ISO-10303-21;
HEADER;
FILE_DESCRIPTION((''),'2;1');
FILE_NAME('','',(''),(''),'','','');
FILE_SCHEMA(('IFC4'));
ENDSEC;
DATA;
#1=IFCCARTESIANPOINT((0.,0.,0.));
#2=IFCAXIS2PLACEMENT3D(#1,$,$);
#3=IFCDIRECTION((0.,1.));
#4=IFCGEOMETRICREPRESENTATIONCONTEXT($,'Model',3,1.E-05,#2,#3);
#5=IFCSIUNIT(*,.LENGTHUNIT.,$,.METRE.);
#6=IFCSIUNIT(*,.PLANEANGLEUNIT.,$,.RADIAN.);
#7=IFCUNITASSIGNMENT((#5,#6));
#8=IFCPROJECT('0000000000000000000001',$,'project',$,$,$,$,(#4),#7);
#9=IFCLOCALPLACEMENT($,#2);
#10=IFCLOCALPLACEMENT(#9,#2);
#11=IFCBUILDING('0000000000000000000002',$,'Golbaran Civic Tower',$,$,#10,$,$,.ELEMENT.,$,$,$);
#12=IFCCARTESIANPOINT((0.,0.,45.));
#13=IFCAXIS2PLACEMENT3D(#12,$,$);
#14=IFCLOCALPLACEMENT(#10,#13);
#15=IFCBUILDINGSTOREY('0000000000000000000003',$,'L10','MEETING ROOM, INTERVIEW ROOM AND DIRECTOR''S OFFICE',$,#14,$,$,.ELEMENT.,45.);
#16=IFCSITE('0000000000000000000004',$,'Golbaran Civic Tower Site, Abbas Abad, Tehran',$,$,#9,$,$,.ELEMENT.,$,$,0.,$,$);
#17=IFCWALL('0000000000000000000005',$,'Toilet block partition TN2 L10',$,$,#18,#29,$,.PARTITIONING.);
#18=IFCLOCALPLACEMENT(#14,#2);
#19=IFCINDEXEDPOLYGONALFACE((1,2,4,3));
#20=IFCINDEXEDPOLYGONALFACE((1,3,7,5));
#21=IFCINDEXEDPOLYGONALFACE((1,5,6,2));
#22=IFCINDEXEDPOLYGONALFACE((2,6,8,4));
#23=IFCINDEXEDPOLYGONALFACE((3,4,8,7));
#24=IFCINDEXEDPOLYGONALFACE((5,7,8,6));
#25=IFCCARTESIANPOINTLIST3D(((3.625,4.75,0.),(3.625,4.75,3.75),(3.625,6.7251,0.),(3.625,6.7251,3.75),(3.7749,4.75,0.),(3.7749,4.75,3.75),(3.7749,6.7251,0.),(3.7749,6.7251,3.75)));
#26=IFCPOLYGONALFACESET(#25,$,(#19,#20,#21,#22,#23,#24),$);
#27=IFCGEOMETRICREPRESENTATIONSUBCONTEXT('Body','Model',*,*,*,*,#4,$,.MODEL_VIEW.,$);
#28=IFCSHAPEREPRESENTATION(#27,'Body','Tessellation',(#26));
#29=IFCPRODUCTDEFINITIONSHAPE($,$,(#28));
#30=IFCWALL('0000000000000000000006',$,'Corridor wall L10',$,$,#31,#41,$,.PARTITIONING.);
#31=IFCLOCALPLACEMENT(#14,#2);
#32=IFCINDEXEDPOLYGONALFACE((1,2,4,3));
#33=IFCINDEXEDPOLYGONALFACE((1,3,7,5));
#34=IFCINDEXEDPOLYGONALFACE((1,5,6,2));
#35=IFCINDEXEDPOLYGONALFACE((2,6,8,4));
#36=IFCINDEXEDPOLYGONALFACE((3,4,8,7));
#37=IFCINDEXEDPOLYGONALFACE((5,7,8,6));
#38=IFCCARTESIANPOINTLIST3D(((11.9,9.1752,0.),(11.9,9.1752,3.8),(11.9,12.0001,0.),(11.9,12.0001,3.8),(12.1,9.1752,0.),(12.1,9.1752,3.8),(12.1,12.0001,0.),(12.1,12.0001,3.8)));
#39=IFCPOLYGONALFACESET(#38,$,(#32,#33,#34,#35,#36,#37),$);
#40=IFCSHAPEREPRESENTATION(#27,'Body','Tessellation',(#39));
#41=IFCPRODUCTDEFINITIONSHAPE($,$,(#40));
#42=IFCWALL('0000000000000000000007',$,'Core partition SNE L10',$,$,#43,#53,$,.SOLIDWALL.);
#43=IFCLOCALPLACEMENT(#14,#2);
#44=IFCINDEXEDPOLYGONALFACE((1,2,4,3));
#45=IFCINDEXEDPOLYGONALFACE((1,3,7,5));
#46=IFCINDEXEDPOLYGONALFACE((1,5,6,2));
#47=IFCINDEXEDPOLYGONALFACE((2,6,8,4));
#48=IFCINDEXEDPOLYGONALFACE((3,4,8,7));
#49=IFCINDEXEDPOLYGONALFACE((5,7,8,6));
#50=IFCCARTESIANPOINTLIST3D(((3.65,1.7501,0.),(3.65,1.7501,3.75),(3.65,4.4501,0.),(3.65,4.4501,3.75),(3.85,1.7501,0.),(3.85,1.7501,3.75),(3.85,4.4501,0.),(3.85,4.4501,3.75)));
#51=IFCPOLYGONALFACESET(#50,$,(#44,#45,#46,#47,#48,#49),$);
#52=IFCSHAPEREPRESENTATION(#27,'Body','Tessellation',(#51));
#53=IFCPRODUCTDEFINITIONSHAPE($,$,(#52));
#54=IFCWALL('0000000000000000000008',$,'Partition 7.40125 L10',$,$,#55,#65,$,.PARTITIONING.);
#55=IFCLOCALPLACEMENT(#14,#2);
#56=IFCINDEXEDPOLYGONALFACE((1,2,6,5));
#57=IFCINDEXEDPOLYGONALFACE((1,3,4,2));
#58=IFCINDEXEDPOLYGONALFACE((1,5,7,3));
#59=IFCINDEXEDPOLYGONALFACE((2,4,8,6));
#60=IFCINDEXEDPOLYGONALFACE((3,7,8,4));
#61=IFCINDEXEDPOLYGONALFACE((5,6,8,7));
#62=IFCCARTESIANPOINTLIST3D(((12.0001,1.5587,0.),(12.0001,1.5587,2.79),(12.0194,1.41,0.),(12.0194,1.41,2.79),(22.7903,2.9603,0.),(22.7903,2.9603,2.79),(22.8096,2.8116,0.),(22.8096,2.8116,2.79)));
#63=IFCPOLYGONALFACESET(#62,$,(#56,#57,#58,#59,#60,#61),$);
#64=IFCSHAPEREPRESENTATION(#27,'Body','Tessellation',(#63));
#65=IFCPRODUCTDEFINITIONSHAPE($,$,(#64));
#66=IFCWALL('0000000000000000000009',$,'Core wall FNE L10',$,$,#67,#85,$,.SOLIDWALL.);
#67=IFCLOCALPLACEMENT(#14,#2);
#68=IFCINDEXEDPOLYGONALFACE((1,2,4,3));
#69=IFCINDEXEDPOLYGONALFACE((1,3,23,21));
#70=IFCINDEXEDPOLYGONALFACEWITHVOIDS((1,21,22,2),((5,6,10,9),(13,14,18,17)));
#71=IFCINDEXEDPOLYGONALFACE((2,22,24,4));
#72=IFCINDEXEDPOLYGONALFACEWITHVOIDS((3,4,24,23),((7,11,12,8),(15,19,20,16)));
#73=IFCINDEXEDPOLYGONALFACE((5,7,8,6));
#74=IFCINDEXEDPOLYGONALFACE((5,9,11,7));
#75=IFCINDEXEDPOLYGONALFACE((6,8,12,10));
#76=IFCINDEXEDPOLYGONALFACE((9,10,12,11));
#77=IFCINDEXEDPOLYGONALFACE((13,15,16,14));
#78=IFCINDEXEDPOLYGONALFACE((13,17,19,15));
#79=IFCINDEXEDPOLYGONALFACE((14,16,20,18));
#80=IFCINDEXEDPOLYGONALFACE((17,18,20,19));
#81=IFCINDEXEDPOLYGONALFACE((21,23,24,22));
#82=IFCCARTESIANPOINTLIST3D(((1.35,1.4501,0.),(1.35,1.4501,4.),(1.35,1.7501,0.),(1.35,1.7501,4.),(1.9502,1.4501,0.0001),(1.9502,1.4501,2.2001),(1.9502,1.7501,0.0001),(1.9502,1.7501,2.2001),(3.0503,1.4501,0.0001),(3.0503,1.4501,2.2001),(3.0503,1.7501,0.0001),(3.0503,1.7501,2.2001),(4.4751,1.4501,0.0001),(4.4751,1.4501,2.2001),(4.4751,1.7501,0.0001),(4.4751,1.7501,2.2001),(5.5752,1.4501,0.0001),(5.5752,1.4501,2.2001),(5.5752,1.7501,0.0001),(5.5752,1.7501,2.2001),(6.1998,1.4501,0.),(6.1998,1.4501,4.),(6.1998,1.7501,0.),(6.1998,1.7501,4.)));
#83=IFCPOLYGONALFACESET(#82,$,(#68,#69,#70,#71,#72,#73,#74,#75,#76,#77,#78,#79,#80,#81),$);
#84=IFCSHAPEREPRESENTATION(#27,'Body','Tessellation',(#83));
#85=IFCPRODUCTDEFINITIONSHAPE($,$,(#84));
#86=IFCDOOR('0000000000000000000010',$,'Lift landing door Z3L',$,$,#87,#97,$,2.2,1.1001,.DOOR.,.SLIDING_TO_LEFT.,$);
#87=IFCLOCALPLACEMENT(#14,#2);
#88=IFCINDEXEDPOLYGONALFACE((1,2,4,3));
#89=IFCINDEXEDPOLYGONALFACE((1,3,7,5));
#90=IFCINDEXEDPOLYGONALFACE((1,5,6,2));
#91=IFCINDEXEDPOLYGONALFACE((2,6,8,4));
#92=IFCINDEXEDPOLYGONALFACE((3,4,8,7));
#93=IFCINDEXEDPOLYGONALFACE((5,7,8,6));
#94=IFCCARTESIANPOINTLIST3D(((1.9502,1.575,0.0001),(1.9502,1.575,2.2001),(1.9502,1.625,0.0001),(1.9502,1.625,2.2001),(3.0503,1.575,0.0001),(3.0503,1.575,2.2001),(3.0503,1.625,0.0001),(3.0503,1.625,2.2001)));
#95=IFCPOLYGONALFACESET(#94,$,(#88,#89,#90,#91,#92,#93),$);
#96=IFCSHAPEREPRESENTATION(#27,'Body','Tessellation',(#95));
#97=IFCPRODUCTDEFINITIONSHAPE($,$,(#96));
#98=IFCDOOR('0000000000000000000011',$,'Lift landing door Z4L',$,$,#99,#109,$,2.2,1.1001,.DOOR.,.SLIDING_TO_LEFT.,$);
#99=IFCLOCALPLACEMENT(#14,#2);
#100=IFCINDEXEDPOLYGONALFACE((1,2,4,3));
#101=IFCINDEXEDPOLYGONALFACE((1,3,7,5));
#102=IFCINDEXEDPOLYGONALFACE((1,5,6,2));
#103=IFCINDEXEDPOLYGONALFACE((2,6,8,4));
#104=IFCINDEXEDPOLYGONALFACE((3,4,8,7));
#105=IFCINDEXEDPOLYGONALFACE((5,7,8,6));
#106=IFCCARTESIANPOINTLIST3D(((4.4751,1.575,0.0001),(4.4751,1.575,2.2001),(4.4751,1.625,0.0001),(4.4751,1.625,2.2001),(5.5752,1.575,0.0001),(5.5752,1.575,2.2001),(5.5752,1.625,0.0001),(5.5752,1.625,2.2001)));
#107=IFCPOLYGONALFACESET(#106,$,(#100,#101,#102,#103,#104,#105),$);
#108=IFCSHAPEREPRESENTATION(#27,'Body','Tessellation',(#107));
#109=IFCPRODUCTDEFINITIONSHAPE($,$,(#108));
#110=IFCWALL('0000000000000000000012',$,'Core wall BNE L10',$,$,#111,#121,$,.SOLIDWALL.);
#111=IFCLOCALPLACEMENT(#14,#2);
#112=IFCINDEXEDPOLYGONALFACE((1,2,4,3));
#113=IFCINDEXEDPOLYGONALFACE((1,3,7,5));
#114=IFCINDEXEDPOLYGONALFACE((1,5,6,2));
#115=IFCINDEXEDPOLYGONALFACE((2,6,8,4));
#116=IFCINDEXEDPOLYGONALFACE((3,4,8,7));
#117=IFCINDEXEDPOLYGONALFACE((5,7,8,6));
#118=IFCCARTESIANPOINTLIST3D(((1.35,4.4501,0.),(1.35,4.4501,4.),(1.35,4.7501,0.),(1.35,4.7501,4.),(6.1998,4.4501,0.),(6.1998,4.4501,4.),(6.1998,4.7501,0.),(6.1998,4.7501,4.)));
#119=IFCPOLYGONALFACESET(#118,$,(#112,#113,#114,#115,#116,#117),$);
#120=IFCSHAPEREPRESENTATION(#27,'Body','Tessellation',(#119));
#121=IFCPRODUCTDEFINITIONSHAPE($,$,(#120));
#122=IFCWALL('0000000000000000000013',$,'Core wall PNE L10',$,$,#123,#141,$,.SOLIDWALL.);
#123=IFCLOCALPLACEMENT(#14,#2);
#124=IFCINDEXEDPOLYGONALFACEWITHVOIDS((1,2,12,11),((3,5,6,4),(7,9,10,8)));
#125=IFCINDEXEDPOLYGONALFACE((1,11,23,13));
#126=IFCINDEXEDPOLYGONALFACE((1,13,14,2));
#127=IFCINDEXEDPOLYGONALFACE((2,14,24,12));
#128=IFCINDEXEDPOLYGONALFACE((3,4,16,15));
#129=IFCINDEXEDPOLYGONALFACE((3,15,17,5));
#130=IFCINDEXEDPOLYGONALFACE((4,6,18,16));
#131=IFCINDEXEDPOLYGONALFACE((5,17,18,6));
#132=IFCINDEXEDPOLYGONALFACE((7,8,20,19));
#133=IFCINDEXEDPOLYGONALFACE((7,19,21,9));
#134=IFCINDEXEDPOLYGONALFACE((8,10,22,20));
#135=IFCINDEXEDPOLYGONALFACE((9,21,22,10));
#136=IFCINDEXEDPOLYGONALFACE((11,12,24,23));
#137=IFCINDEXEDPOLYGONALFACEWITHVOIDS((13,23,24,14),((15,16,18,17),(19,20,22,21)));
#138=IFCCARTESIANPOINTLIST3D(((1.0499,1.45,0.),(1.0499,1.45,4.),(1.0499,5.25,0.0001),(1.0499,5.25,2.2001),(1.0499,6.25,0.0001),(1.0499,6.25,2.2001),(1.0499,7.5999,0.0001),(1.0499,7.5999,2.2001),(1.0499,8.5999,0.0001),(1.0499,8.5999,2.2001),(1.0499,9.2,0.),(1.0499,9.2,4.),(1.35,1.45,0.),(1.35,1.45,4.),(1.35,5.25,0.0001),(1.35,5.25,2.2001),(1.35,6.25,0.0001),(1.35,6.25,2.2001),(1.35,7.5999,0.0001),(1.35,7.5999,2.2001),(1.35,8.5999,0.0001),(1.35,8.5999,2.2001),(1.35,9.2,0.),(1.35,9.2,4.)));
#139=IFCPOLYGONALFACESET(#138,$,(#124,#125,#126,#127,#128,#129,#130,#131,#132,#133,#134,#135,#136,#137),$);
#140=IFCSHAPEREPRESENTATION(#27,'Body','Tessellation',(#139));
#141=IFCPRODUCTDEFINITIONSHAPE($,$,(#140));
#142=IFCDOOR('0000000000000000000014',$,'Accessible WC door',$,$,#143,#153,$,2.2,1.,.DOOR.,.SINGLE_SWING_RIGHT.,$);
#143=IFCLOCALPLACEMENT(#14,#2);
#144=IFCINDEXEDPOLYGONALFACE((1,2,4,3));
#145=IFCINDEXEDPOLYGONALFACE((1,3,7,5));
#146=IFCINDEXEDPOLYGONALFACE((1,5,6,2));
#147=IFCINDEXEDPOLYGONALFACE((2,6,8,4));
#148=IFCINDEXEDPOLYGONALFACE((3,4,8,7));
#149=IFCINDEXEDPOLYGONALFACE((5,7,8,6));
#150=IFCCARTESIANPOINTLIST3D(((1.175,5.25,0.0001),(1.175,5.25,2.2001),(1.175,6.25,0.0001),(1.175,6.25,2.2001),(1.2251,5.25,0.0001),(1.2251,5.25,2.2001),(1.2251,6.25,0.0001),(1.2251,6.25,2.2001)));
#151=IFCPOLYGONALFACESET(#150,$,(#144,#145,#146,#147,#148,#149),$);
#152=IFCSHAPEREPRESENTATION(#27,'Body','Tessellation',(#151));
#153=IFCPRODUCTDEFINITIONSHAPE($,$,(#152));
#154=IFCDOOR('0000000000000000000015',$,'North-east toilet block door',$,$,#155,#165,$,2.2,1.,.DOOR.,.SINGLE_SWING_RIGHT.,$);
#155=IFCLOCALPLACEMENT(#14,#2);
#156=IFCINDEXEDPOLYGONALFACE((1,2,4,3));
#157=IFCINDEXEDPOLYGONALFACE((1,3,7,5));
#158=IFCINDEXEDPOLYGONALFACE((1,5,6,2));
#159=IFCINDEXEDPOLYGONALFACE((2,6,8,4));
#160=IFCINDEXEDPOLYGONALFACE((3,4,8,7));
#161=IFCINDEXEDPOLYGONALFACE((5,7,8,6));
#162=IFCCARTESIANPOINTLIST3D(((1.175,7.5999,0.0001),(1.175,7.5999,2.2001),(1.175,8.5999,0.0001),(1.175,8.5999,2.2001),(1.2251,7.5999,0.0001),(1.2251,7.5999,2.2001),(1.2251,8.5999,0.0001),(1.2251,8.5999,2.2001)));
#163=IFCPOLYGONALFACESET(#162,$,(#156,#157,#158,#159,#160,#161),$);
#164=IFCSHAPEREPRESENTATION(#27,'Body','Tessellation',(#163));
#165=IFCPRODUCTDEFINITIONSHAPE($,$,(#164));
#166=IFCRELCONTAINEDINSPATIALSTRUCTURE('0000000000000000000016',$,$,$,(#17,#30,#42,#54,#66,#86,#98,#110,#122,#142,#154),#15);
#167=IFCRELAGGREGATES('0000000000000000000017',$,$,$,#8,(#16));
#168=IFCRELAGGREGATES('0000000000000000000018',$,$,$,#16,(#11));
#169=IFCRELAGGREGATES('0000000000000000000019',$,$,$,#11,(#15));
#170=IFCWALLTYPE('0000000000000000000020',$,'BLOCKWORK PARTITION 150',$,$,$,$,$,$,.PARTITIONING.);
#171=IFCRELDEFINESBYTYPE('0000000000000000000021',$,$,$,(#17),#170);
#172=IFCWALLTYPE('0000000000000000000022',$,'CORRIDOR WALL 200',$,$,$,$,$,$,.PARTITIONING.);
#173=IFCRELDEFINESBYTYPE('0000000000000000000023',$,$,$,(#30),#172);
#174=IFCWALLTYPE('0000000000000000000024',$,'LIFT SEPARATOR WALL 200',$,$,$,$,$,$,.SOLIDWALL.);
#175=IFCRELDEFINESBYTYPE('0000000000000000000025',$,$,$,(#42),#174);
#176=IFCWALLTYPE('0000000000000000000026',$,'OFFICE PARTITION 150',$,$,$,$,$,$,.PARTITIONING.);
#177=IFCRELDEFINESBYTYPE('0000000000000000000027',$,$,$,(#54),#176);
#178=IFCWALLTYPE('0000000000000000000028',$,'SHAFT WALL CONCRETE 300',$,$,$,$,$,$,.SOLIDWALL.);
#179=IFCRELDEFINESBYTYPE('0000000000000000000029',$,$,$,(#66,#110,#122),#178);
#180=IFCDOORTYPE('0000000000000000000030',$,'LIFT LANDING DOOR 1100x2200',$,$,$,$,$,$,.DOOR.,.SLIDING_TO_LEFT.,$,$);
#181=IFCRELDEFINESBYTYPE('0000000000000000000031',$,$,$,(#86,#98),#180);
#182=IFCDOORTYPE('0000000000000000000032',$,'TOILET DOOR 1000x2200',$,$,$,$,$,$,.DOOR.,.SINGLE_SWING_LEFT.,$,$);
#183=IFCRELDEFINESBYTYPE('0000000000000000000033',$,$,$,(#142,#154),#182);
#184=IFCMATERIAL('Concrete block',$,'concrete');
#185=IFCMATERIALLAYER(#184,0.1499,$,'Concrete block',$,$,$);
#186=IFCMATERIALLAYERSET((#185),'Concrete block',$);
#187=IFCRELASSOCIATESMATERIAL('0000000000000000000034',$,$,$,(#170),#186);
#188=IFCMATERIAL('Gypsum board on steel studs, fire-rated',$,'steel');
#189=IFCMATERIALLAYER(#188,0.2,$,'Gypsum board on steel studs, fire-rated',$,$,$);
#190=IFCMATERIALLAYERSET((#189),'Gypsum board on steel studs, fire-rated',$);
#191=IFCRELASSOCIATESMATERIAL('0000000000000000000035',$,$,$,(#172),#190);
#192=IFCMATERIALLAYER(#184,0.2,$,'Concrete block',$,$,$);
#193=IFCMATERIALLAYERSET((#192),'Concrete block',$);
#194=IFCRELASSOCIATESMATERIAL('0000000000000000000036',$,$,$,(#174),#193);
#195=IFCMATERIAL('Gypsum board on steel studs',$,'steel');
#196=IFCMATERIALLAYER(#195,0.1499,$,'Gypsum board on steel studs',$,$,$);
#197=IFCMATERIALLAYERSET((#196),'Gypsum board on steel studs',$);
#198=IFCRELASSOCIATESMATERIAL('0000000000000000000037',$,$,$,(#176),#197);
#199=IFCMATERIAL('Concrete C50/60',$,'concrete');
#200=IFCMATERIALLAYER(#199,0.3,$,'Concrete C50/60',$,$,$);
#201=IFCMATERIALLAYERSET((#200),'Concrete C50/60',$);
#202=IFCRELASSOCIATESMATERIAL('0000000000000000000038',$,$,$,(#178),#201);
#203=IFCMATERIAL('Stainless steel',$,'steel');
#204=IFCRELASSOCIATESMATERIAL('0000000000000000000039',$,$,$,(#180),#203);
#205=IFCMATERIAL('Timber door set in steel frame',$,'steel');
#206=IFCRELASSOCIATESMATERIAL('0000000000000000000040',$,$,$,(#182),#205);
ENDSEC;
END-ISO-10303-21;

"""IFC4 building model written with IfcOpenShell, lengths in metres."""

from ifc_helpers import new_model, si_unit, direction, frame, frame_2d, origin, place, context, subcontext, project, spatial, rectangle, extrude, material, layer, layer_set, type_object, element, fill, save


model = new_model("IFC4")

# Units and contexts
model_context = context("Model", 3, precision=1e-05, world=origin(), true_north=direction((0.0, 1.0)))
body_context = subcontext(model_context, "Body", "Model", "MODEL_VIEW")
ifc_project = project(units=[si_unit("LENGTHUNIT", "METRE"), si_unit("PLANEANGLEUNIT", "RADIAN")], contexts=[model_context])

# Site, building, storey
site_placement = place(None, origin())
site = spatial("IfcSite", under=ifc_project, at=site_placement, Name="Golbaran Civic Tower Site, Abbas Abad, Tehran", CompositionType="ELEMENT", RefElevation=0.0)
building_placement = place(site_placement, origin())
building = spatial("IfcBuilding", under=site, at=building_placement, Name="Golbaran Civic Tower", CompositionType="ELEMENT")
storey_placement = place(building_placement, frame((0.0, 0.0, 45.0)))
storey = spatial("IfcBuildingStorey", under=building, at=storey_placement, Name="L10", Description="MEETING ROOM, INTERVIEW ROOM AND DIRECTOR'S OFFICE", CompositionType="ELEMENT", Elevation=45.0)

# Shared definitions
ifc_material_1 = material(Name="Concrete block", Category="concrete")
ifc_layer_1 = layer(ifc_material_1, 0.1499, Name="Concrete block")
ifc_layer_set_1 = layer_set([ifc_layer_1], Name="Concrete block")
wall_type_1 = type_object("IfcWallType", Name="BLOCKWORK PARTITION 150", PredefinedType="PARTITIONING", material=ifc_layer_set_1)
ifc_material_2 = material(Name="Timber door set in steel frame", Category="steel")

# Walls
wall_1_placement = place(storey_placement, frame((3.7, 4.75, 0.0), z_axis=(0.0, 0.0, 1.0), x_axis=(0.0, 1.0, 0.0)))
element("IfcWall", 1, at=wall_1_placement, inside=storey, type_object=wall_type_1, Name="Toilet block partition TN2 L10", PredefinedType="PARTITIONING", context=body_context, shape_type="SweptSolid", body=[
    extrude(rectangle(XDim=1.9751, YDim=0.1499, at=frame_2d((0.9875, 0.0))), origin(), (0.0, 0.0, 1.0), 3.75),
])
ifc_material_3 = material(Name="Gypsum board on steel studs, fire-rated", Category="steel")
ifc_layer_2 = layer(ifc_material_3, 0.2, Name="Gypsum board on steel studs, fire-rated")
ifc_layer_set_2 = layer_set([ifc_layer_2], Name="Gypsum board on steel studs, fire-rated")
wall_type_2 = type_object("IfcWallType", Name="CORRIDOR WALL 200", PredefinedType="PARTITIONING", material=ifc_layer_set_2)
wall_2_placement = place(storey_placement, frame((12.0, 9.175, 0.0), z_axis=(0.0, 0.0, 1.0), x_axis=(0.0, 1.0, 0.0)))
element("IfcWall", 2, at=wall_2_placement, inside=storey, type_object=wall_type_2, Name="Corridor wall L10", PredefinedType="PARTITIONING", context=body_context, shape_type="SweptSolid", body=[
    extrude(rectangle(XDim=2.825, YDim=0.2, at=frame_2d((1.4126, 0.0))), origin(), (0.0, 0.0, 1.0), 3.8),
])
ifc_layer_3 = layer(ifc_material_1, 0.2, Name="Concrete block")
ifc_layer_set_3 = layer_set([ifc_layer_3], Name="Concrete block")
wall_type_3 = type_object("IfcWallType", Name="LIFT SEPARATOR WALL 200", PredefinedType="SOLIDWALL", material=ifc_layer_set_3)
wall_3_placement = place(storey_placement, frame((3.75, 1.75, 0.0), z_axis=(0.0, 0.0, 1.0), x_axis=(0.0, 1.0, 0.0)))
element("IfcWall", 3, at=wall_3_placement, inside=storey, type_object=wall_type_3, Name="Core partition SNE L10", PredefinedType="SOLIDWALL", context=body_context, shape_type="SweptSolid", body=[
    extrude(rectangle(XDim=2.7, YDim=0.2, at=frame_2d((1.3501, 0.0))), origin(), (0.0, 0.0, 1.0), 3.75),
])
ifc_material_4 = material(Name="Gypsum board on steel studs", Category="steel")
ifc_layer_4 = layer(ifc_material_4, 0.1499, Name="Gypsum board on steel studs")
ifc_layer_set_4 = layer_set([ifc_layer_4], Name="Gypsum board on steel studs")
wall_type_4 = type_object("IfcWallType", Name="OFFICE PARTITION 150", PredefinedType="PARTITIONING", material=ifc_layer_set_4)
wall_4_placement = place(storey_placement, frame((12.0098, 1.4844, 0.0), z_axis=(0.0, 0.0, 1.0), x_axis=(0.991669, 0.128814, 0.0)))
element("IfcWall", 4, at=wall_4_placement, inside=storey, type_object=wall_type_4, Name="Partition 7.40125 L10", PredefinedType="PARTITIONING", context=body_context, shape_type="SweptSolid", body=[
    extrude(rectangle(XDim=10.8809, YDim=0.1499, at=frame_2d((5.4404, 0.0))), origin(), (0.0, 0.0, 1.0), 2.79),
])

# Wall, openings, doors
ifc_material_5 = material(Name="Concrete C50/60", Category="concrete")
ifc_layer_5 = layer(ifc_material_5, 0.3, Name="Concrete C50/60")
ifc_layer_set_5 = layer_set([ifc_layer_5], Name="Concrete C50/60")
wall_type_5 = type_object("IfcWallType", Name="SHAFT WALL CONCRETE 300", PredefinedType="SOLIDWALL", material=ifc_layer_set_5)
wall_5_placement = place(storey_placement, frame((1.3501, 1.6001, 0.0), z_axis=(0.0, 0.0, 1.0), x_axis=(1.0, 0.0, 0.0)))
wall_5 = element("IfcWall", 5, at=wall_5_placement, inside=storey, type_object=wall_type_5, Name="Core wall FNE L10", PredefinedType="SOLIDWALL", context=body_context, shape_type="SweptSolid", body=[
    extrude(rectangle(XDim=4.8499, YDim=0.3, at=frame_2d((2.4248, 0.0))), origin(), (0.0, 0.0, 1.0), 4.0),
])
opening_1_placement = place(wall_5_placement, frame((0.6001, 0.0, 0.0)))
opening_1 = element("IfcOpeningElement", 6, at=opening_1_placement, cuts=wall_5, PredefinedType="OPENING", context=body_context, shape_type="SweptSolid", body=[
    extrude(rectangle(XDim=1.1001, YDim=2.2, at=frame_2d((0.55, 1.1001))), frame((0.0, 0.1599, 0.0), z_axis=(0.0, -1.0, 0.0), x_axis=(1.0, 0.0, 0.0)), (0.0, 0.0, 1.0), 0.3201),
])
opening_2_placement = place(wall_5_placement, frame((3.125, 0.0, 0.0)))
opening_2 = element("IfcOpeningElement", 7, at=opening_2_placement, cuts=wall_5, PredefinedType="OPENING", context=body_context, shape_type="SweptSolid", body=[
    extrude(rectangle(XDim=1.1001, YDim=2.2, at=frame_2d((0.55, 1.1001))), frame((0.0, 0.1599, 0.0), z_axis=(0.0, -1.0, 0.0), x_axis=(1.0, 0.0, 0.0)), (0.0, 0.0, 1.0), 0.3201),
])
ifc_material_6 = material(Name="Stainless steel", Category="steel")
door_type_1 = type_object("IfcDoorType", Name="LIFT LANDING DOOR 1100x2200", OperationType="SLIDING_TO_LEFT", PredefinedType="DOOR", material=ifc_material_6)
door_1_placement = place(opening_1_placement, origin())
door_1 = element("IfcDoor", 8, at=door_1_placement, inside=storey, type_object=door_type_1, Name="Lift landing door Z3L", OperationType="SLIDING_TO_LEFT", OverallHeight=2.2, OverallWidth=1.1001, PredefinedType="DOOR", context=body_context, shape_type="SweptSolid", body=[
    extrude(rectangle(XDim=1.1001, YDim=2.2, at=frame_2d((0.55, 1.1001))), frame((0.0, 0.0249, 0.0), z_axis=(0.0, -1.0, 0.0), x_axis=(1.0, 0.0, 0.0)), (0.0, 0.0, 1.0), 0.05),
])
fill(opening_1, door_1)
door_2_placement = place(opening_2_placement, origin())
door_2 = element("IfcDoor", 9, at=door_2_placement, inside=storey, type_object=door_type_1, Name="Lift landing door Z4L", OperationType="SLIDING_TO_LEFT", OverallHeight=2.2, OverallWidth=1.1001, PredefinedType="DOOR", context=body_context, shape_type="SweptSolid", body=[
    extrude(rectangle(XDim=1.1001, YDim=2.2, at=frame_2d((0.55, 1.1001))), frame((0.0, 0.0249, 0.0), z_axis=(0.0, -1.0, 0.0), x_axis=(1.0, 0.0, 0.0)), (0.0, 0.0, 1.0), 0.05),
])
fill(opening_2, door_2)

# Wall
wall_6_placement = place(storey_placement, frame((1.3501, 4.6001, 0.0), z_axis=(0.0, 0.0, 1.0), x_axis=(1.0, 0.0, 0.0)))
element("IfcWall", 10, at=wall_6_placement, inside=storey, type_object=wall_type_5, Name="Core wall BNE L10", PredefinedType="SOLIDWALL", context=body_context, shape_type="SweptSolid", body=[
    extrude(rectangle(XDim=4.8499, YDim=0.3, at=frame_2d((2.4248, 0.0))), origin(), (0.0, 0.0, 1.0), 4.0),
])

# Wall, openings, doors
wall_7_placement = place(storey_placement, frame((1.2, 1.45, 0.0), z_axis=(0.0, 0.0, 1.0), x_axis=(0.0, 1.0, 0.0)))
wall_7 = element("IfcWall", 11, at=wall_7_placement, inside=storey, type_object=wall_type_5, Name="Core wall PNE L10", PredefinedType="SOLIDWALL", context=body_context, shape_type="SweptSolid", body=[
    extrude(rectangle(XDim=7.75, YDim=0.3, at=frame_2d((3.875, 0.0))), origin(), (0.0, 0.0, 1.0), 4.0),
])
opening_3_placement = place(wall_7_placement, frame((3.8, 0.0, 0.0)))
opening_3 = element("IfcOpeningElement", 12, at=opening_3_placement, cuts=wall_7, PredefinedType="OPENING", context=body_context, shape_type="SweptSolid", body=[
    extrude(rectangle(XDim=1.0, YDim=2.2, at=frame_2d((0.5, 1.1001))), frame((0.0, 0.1599, 0.0), z_axis=(0.0, -1.0, 0.0), x_axis=(1.0, 0.0, 0.0)), (0.0, 0.0, 1.0), 0.3201),
])
opening_4_placement = place(wall_7_placement, frame((6.1499, 0.0, 0.0)))
opening_4 = element("IfcOpeningElement", 13, at=opening_4_placement, cuts=wall_7, PredefinedType="OPENING", context=body_context, shape_type="SweptSolid", body=[
    extrude(rectangle(XDim=1.0, YDim=2.2, at=frame_2d((0.5, 1.1001))), frame((0.0, 0.1599, 0.0), z_axis=(0.0, -1.0, 0.0), x_axis=(1.0, 0.0, 0.0)), (0.0, 0.0, 1.0), 0.3201),
])
door_type_2 = type_object("IfcDoorType", Name="TOILET DOOR 1000x2200", OperationType="SINGLE_SWING_LEFT", PredefinedType="DOOR", material=ifc_material_2)
door_3_placement = place(opening_3_placement, origin())
door_3 = element("IfcDoor", 14, at=door_3_placement, inside=storey, type_object=door_type_2, Name="Accessible WC door", OperationType="SINGLE_SWING_RIGHT", OverallHeight=2.2, OverallWidth=1.0, PredefinedType="DOOR", context=body_context, shape_type="SweptSolid", body=[
    extrude(rectangle(XDim=1.0, YDim=2.2, at=frame_2d((0.5, 1.1001))), frame((0.0, 0.0249, 0.0), z_axis=(0.0, -1.0, 0.0), x_axis=(1.0, 0.0, 0.0)), (0.0, 0.0, 1.0), 0.05),
])
fill(opening_3, door_3)
door_4_placement = place(opening_4_placement, origin())
door_4 = element("IfcDoor", 15, at=door_4_placement, inside=storey, type_object=door_type_2, Name="North-east toilet block door", OperationType="SINGLE_SWING_RIGHT", OverallHeight=2.2, OverallWidth=1.0, PredefinedType="DOOR", context=body_context, shape_type="SweptSolid", body=[
    extrude(rectangle(XDim=1.0, YDim=2.2, at=frame_2d((0.5, 1.1001))), frame((0.0, 0.0249, 0.0), z_axis=(0.0, -1.0, 0.0), x_axis=(1.0, 0.0, 0.0)), (0.0, 0.0, 1.0), 0.05),
])
fill(opening_4, door_4)

save(model, "model.ifc")
